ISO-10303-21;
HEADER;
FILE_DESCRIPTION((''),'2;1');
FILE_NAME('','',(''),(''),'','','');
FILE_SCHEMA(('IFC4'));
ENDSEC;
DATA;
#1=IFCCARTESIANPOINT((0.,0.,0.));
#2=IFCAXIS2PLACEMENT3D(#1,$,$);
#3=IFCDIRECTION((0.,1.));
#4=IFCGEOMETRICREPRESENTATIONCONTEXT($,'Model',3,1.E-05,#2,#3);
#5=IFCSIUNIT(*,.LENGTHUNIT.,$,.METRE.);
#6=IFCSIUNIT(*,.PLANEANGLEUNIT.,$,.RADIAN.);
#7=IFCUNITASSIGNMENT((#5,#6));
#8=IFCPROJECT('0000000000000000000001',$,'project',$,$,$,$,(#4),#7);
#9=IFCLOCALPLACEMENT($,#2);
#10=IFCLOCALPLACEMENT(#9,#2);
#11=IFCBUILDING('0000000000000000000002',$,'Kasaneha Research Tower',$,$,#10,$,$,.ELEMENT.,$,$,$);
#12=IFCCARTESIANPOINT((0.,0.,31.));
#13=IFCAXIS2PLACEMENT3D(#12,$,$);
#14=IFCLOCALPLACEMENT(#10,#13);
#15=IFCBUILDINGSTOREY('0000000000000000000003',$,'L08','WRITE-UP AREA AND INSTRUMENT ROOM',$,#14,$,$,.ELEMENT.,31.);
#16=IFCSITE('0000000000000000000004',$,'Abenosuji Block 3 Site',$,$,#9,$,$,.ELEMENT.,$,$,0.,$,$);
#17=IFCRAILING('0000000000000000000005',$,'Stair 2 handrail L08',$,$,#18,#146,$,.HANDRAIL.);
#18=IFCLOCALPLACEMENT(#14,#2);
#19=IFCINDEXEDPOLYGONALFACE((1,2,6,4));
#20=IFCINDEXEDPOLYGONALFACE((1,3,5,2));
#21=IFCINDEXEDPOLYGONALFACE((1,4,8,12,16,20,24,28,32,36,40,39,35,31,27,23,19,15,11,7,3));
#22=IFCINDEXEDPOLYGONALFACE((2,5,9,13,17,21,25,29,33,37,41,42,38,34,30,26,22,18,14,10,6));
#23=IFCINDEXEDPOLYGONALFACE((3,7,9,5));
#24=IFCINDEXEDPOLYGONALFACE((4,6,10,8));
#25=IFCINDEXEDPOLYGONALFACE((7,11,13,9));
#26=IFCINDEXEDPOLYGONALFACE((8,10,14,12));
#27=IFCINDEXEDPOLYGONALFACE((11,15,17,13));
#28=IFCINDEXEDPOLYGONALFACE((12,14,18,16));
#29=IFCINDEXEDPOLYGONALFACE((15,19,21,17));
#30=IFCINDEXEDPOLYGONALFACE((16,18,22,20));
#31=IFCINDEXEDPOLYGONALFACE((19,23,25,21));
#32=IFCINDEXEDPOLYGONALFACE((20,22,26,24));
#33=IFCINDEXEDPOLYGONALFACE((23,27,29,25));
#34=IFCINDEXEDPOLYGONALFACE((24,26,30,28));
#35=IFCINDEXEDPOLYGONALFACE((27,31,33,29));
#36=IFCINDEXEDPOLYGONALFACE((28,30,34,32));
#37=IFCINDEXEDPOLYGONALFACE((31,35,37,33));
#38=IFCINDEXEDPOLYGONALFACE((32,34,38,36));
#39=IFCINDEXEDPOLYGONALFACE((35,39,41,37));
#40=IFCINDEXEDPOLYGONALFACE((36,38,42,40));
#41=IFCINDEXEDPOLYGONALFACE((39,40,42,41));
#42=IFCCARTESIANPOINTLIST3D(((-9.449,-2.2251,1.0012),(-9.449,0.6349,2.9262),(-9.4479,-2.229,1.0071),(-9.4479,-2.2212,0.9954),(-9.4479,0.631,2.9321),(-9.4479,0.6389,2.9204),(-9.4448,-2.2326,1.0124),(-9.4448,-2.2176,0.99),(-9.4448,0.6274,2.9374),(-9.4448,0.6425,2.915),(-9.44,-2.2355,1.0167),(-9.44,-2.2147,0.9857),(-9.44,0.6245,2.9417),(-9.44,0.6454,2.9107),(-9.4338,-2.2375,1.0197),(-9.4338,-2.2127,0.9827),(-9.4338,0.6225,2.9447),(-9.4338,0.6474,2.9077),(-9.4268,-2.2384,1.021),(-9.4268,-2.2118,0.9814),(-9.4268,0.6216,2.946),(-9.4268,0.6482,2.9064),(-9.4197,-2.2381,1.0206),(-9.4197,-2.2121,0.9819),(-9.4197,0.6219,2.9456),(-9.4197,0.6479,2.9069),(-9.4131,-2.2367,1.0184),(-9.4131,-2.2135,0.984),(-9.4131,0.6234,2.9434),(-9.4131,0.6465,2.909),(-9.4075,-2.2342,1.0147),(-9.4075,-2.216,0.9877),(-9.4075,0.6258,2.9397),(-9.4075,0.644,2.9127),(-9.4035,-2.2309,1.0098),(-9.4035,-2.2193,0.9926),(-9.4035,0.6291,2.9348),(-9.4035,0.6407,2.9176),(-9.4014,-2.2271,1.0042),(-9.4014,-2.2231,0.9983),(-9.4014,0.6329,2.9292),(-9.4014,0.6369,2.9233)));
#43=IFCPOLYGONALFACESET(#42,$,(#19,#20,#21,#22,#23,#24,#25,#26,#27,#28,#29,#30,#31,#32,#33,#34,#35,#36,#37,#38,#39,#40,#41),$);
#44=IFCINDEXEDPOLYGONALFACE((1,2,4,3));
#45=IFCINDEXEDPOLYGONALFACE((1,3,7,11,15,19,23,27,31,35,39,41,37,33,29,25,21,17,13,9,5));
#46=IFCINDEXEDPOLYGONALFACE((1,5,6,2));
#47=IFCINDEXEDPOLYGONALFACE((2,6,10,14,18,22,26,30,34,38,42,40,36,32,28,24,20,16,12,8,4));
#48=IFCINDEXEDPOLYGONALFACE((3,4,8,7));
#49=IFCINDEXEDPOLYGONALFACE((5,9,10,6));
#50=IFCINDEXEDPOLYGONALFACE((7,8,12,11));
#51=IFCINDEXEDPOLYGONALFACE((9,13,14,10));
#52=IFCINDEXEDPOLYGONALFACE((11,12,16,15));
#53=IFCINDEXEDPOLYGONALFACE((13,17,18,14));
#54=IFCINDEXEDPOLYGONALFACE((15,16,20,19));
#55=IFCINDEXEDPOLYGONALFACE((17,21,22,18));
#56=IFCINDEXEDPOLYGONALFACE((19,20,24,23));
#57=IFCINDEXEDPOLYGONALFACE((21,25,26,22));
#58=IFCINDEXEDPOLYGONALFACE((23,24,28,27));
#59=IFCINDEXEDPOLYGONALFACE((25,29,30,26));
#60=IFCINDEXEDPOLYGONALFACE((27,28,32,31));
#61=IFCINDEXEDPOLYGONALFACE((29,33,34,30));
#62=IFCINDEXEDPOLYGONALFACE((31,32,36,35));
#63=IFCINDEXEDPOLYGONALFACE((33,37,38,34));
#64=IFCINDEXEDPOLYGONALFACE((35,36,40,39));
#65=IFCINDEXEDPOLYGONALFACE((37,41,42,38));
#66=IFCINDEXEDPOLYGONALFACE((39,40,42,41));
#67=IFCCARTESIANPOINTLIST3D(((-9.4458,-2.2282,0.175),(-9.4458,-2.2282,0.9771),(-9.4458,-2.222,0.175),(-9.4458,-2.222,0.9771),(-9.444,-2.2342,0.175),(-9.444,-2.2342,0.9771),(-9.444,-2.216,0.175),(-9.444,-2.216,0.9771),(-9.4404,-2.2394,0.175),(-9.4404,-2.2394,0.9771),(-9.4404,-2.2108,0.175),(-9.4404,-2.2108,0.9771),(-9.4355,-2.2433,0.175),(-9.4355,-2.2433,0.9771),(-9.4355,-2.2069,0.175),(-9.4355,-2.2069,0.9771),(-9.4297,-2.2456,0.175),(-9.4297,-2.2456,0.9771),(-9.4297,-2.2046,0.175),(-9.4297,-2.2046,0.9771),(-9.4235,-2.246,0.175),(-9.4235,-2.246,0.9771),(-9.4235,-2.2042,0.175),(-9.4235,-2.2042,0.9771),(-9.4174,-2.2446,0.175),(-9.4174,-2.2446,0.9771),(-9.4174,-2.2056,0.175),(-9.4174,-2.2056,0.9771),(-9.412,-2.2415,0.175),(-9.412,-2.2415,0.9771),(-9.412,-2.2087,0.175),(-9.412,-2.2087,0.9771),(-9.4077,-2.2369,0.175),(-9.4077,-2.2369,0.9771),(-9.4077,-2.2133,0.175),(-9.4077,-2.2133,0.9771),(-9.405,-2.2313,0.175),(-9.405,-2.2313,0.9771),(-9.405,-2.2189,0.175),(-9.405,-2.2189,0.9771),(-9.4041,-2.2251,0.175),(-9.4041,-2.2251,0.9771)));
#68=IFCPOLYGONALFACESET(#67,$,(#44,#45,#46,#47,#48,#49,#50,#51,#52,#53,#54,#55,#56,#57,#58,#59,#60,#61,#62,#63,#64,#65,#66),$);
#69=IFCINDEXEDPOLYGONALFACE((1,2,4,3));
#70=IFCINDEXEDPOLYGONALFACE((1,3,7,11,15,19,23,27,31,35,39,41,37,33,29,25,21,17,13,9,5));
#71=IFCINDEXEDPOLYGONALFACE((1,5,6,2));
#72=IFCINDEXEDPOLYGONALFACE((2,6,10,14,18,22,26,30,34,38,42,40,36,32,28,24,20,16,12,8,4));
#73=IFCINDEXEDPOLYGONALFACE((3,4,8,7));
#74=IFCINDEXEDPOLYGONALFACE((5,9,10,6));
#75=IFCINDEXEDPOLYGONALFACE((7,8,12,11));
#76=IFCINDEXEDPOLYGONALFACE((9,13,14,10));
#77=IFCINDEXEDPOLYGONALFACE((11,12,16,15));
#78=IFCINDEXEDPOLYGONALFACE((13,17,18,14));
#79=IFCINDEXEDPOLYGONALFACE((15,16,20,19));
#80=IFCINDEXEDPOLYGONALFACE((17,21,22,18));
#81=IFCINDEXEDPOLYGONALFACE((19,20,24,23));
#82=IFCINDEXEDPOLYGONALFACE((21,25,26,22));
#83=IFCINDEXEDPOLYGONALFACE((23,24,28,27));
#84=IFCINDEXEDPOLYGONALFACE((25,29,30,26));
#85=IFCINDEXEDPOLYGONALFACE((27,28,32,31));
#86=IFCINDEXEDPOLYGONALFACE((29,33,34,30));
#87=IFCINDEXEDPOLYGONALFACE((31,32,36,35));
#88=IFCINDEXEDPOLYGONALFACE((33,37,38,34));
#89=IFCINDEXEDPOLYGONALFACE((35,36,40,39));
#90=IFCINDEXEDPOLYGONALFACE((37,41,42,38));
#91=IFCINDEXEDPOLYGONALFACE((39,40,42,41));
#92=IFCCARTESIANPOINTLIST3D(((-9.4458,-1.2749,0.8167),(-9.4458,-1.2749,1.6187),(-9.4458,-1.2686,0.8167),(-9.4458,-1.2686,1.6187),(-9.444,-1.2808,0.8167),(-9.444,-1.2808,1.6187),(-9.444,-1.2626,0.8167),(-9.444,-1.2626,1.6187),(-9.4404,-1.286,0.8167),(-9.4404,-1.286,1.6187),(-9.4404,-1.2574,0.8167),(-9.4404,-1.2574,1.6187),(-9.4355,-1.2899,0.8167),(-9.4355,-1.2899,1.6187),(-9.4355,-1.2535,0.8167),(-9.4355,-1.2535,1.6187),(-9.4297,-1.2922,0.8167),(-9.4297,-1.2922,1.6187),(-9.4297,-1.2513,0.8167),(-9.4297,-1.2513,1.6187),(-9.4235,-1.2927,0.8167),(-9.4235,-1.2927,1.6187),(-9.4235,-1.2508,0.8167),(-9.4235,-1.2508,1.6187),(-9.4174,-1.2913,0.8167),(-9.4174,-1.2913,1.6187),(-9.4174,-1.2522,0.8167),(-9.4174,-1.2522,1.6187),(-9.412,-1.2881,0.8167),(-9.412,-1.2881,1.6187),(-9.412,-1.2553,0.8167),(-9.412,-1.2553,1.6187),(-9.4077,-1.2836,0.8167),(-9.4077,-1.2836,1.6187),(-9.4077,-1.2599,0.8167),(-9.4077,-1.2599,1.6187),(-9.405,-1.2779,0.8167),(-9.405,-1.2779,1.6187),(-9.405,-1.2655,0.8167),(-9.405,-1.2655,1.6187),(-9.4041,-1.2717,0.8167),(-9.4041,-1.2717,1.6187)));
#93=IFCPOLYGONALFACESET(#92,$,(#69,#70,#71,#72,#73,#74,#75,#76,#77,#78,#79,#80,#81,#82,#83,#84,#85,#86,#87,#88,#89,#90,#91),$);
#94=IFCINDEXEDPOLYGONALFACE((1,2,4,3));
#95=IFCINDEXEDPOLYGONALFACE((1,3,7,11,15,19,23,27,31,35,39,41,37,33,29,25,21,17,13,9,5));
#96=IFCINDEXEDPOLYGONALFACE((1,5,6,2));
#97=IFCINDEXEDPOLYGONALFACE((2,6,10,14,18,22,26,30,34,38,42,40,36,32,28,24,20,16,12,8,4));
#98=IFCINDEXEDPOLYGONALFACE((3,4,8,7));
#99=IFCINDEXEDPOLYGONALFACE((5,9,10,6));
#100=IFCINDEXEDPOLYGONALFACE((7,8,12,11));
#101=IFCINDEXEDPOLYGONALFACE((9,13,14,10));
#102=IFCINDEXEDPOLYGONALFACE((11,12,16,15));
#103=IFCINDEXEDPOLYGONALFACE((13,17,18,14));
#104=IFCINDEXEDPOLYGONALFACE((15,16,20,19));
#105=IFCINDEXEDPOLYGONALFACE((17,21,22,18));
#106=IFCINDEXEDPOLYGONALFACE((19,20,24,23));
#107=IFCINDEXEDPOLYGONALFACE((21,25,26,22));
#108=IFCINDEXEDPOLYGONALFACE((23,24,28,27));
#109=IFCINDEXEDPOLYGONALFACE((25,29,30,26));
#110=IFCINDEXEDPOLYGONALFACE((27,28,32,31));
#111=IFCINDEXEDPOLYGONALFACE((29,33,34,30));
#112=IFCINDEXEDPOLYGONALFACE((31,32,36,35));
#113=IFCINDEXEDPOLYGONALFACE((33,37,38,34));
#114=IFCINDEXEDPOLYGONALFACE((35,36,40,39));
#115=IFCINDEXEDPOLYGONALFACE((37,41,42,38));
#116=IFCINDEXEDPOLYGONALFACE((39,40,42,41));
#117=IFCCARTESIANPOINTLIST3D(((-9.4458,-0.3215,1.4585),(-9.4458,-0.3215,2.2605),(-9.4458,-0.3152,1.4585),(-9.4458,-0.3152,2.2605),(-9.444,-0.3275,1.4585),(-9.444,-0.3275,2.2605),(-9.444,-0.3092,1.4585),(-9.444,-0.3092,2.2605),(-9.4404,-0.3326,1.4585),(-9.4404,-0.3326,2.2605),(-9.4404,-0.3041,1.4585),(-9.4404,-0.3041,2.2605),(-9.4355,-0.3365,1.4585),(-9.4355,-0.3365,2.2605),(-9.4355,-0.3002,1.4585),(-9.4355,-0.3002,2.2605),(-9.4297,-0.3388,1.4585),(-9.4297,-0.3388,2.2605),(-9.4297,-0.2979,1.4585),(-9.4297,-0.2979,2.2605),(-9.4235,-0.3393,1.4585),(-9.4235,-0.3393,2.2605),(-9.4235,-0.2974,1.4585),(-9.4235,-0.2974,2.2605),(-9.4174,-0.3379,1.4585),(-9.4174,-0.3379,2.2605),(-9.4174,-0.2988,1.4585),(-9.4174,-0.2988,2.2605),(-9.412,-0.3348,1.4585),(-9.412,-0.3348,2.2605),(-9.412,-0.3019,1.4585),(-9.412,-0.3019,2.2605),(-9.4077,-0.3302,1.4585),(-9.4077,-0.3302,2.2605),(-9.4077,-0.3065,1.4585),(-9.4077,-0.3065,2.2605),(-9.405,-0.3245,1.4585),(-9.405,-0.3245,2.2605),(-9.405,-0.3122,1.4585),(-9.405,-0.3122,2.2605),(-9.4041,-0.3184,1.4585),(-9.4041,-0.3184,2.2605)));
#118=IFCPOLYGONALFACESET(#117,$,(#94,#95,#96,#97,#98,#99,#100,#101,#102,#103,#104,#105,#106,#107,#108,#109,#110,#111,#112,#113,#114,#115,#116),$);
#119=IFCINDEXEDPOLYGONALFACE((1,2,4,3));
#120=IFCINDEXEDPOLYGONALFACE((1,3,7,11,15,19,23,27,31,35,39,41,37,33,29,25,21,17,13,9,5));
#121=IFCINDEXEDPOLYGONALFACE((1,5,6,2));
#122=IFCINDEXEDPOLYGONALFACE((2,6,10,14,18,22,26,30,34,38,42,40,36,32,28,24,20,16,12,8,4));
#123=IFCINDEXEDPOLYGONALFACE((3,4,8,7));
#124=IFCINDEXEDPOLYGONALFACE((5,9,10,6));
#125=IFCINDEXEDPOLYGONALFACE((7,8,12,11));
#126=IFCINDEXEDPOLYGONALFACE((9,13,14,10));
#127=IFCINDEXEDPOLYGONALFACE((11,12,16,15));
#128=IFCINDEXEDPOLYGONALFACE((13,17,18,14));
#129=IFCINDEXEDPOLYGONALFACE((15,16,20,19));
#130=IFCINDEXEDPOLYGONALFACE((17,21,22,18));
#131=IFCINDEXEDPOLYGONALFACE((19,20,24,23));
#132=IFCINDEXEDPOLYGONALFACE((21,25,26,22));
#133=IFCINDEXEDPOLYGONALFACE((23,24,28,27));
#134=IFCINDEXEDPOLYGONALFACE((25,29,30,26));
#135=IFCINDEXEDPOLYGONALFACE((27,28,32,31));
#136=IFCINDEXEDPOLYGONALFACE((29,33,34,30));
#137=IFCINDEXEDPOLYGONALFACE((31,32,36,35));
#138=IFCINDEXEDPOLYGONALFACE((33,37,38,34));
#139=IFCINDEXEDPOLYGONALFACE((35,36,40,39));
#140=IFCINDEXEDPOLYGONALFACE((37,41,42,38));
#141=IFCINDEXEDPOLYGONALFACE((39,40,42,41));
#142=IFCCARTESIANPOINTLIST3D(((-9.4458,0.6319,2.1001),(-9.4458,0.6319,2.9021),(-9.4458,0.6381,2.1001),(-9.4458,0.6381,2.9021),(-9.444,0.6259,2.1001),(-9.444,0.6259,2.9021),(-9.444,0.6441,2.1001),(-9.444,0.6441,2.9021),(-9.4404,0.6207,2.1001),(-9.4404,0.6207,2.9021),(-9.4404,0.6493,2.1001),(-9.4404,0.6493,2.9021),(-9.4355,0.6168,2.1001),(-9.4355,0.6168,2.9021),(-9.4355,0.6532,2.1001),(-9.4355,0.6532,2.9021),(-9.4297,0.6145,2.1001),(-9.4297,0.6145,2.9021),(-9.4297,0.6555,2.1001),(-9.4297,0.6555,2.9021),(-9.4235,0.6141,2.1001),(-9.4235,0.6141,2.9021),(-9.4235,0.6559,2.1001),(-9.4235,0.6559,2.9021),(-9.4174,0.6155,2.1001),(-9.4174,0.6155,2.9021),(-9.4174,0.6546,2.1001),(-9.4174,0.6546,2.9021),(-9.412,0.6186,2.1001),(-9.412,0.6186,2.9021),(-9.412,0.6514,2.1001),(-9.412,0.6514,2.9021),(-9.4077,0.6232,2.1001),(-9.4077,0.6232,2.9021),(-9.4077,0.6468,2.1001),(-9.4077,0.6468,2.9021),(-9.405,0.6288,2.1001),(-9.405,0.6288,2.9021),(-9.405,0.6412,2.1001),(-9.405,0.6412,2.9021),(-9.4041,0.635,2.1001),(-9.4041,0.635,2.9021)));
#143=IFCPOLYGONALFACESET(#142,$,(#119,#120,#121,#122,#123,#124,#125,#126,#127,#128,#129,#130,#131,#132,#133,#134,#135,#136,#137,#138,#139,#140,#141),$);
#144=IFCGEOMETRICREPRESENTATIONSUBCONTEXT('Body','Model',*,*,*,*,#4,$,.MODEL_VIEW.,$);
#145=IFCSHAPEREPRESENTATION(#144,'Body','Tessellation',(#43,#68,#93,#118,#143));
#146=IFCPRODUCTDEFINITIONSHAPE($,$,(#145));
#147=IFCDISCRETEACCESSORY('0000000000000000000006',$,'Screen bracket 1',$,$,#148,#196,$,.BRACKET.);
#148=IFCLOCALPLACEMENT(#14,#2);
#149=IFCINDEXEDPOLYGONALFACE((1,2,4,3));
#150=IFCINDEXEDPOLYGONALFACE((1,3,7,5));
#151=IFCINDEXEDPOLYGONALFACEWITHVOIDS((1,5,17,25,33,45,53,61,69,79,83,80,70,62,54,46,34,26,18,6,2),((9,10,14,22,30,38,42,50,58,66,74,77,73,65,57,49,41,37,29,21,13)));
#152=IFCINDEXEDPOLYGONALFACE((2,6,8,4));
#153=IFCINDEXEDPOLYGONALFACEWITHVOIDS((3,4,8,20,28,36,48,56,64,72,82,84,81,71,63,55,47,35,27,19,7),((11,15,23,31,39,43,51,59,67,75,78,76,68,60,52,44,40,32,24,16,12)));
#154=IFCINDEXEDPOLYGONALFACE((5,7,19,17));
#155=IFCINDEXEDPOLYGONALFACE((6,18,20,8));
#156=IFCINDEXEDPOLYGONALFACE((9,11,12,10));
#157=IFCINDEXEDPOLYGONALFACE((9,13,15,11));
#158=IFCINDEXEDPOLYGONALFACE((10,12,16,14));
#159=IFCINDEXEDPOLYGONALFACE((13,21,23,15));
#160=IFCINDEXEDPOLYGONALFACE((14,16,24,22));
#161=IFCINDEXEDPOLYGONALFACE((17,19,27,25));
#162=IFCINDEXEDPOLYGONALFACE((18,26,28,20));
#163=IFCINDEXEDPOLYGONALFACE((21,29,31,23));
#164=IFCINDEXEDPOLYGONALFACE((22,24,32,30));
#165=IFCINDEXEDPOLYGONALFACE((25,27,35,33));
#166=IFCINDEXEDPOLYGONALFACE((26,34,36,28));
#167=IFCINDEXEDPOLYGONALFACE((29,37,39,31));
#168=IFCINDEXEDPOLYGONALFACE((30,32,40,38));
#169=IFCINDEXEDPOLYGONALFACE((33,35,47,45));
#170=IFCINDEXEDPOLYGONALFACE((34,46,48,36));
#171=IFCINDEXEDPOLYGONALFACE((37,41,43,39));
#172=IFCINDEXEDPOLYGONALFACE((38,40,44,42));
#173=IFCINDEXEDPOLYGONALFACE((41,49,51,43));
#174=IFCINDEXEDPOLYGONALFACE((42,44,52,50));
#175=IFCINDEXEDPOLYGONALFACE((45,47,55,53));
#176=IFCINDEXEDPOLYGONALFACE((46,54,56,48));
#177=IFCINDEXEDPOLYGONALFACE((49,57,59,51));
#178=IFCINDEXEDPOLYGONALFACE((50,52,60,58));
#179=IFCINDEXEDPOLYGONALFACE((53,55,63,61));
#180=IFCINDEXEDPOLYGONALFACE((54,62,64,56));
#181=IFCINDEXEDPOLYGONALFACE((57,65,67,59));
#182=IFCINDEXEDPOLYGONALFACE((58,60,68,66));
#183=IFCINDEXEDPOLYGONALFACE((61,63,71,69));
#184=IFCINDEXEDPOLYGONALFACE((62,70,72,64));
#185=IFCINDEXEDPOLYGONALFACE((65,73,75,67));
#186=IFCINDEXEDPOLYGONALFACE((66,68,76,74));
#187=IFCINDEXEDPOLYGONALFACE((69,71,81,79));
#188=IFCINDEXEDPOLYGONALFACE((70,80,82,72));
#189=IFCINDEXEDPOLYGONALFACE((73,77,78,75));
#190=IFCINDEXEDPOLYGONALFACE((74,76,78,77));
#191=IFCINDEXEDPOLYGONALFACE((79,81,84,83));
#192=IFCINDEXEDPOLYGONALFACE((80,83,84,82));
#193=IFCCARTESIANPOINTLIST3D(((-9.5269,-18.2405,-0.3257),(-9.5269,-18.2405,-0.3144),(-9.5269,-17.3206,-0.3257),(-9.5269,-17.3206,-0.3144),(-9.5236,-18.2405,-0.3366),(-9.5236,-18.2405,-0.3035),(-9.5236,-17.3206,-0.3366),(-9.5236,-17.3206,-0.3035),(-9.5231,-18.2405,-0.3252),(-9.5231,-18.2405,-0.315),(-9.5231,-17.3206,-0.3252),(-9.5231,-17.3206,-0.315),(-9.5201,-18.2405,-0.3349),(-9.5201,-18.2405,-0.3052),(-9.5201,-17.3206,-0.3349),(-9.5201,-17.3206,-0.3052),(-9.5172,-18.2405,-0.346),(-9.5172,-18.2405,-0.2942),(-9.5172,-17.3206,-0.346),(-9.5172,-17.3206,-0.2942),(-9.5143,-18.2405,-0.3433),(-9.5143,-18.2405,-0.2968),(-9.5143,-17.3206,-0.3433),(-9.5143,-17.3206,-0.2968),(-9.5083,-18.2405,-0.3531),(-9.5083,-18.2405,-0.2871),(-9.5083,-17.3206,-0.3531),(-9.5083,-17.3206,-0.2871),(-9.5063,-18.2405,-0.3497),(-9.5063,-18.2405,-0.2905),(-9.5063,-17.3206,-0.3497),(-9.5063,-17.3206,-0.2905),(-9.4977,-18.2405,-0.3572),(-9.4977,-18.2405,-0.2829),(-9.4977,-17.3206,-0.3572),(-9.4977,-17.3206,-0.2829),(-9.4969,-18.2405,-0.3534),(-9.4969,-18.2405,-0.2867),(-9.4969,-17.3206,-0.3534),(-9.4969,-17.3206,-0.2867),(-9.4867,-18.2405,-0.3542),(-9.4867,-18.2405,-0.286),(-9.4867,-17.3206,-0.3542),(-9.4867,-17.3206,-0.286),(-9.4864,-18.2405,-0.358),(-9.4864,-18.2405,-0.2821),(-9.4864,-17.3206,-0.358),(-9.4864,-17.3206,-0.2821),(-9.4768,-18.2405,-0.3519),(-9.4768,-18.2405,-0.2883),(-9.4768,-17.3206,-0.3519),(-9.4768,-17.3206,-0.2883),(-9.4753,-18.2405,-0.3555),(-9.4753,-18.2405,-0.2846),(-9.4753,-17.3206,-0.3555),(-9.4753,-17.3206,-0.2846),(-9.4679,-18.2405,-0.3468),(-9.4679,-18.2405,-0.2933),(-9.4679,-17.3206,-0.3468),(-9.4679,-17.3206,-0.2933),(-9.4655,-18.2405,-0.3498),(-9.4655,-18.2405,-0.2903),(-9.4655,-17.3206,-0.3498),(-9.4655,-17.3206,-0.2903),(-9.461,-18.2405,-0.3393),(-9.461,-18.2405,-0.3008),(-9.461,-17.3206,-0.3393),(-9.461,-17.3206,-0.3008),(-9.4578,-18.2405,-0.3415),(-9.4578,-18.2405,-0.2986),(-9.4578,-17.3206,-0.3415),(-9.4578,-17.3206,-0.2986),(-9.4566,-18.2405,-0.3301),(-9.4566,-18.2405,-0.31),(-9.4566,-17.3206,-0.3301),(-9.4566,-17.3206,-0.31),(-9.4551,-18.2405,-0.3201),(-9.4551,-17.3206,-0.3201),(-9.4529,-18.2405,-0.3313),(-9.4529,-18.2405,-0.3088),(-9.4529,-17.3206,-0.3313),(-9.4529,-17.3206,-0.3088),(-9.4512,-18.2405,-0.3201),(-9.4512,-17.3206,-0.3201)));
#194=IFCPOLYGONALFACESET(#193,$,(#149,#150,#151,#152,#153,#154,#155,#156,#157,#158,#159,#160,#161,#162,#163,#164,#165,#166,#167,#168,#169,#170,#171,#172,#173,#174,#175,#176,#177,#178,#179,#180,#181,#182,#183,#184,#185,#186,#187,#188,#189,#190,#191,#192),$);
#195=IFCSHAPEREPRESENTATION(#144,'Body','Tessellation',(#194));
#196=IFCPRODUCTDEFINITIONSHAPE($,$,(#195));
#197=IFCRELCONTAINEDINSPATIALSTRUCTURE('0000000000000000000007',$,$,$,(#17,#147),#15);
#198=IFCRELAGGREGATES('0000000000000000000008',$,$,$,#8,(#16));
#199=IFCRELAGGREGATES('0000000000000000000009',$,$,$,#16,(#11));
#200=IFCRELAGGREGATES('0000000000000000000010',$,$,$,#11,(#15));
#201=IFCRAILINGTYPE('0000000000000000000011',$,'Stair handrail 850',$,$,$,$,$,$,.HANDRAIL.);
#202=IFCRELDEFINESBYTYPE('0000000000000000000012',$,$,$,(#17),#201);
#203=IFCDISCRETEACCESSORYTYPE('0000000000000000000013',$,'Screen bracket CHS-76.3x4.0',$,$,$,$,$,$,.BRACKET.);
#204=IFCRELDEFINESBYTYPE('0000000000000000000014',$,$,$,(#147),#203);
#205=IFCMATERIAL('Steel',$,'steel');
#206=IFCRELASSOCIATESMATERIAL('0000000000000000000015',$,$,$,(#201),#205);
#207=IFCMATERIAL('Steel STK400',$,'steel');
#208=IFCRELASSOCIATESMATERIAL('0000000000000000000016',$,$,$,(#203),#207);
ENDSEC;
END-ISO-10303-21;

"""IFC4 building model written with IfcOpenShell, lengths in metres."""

from ifc_helpers import new_model, si_unit, direction, frame, origin, origin_2d, place, context, subcontext, project, spatial, circle, hollow_circle, extrude, material, material_profile, profile_set, type_object, element, save


model = new_model("IFC4")

# Units and contexts
model_context = context("Model", 3, precision=1e-05, world=origin(), true_north=direction((0.0, 1.0)))
body_context = subcontext(model_context, "Body", "Model", "MODEL_VIEW")
ifc_project = project(units=[si_unit("LENGTHUNIT", "METRE"), si_unit("PLANEANGLEUNIT", "RADIAN")], contexts=[model_context])

# Site, building, storey
site_placement = place(None, origin())
site = spatial("IfcSite", under=ifc_project, at=site_placement, Name="Abenosuji Block 3 Site", CompositionType="ELEMENT", RefElevation=0.0)
building_placement = place(site_placement, origin())
building = spatial("IfcBuilding", under=site, at=building_placement, Name="Kasaneha Research Tower", CompositionType="ELEMENT")
storey_placement = place(building_placement, frame((0.0, 0.0, 31.0)))
storey = spatial("IfcBuildingStorey", under=building, at=storey_placement, Name="L08", Description="WRITE-UP AREA AND INSTRUMENT ROOM", CompositionType="ELEMENT", Elevation=31.0)

# Railing
ifc_material_1 = material(Name="Steel", Category="steel")
railing_type = type_object("IfcRailingType", Name="Stair handrail 850", PredefinedType="HANDRAIL", material=ifc_material_1)
railing_placement = place(storey_placement, frame((-9.425, -2.2251, 0.175)))
element("IfcRailing", 1, at=railing_placement, inside=storey, type_object=railing_type, Name="Stair 2 handrail L08", PredefinedType="HANDRAIL", context=body_context, shape_type="SweptSolid", body=[
    extrude(circle(Radius=0.0239, at=origin_2d()), frame((0.0, 0.0, 0.8262), z_axis=(0.0, 0.829591, 0.558372), x_axis=(-1.0, 0.0, 0.0)), (0.0, 0.0, 1.0), 3.4475),
    extrude(circle(Radius=0.021, at=origin_2d()), origin(), (0.0, 0.0, 1.0), 0.802),
    extrude(circle(Radius=0.021, at=origin_2d()), frame((0.0, 0.9534, 0.6416)), (0.0, 0.0, 1.0), 0.802),
    extrude(circle(Radius=0.021, at=origin_2d()), frame((0.0, 1.9067, 1.2834)), (0.0, 0.0, 1.0), 0.802),
    extrude(circle(Radius=0.021, at=origin_2d()), frame((0.0, 2.8601, 1.925)), (0.0, 0.0, 1.0), 0.802),
])

# Discrete accessory
ifc_material_2 = material(Name="Steel STK400", Category="steel")
ifc_material_profile_1 = material_profile(ifc_material_2, hollow_circle(Radius=0.0381, WallThickness=0.0039, at=origin_2d()), Name="CHS-76.3x4.0")
ifc_profile_set_1 = profile_set([ifc_material_profile_1], Name="Steel STK400")
discrete_accessory_type = type_object("IfcDiscreteAccessoryType", Name="Screen bracket CHS-76.3x4.0", PredefinedType="BRACKET", material=ifc_profile_set_1)
discrete_accessory_placement = place(storey_placement, frame((-9.4893, -17.3206, -0.3201), z_axis=(0.0, -1.0, 0.0), x_axis=(1.0, 0.0, 0.0)))
element("IfcDiscreteAccessory", 2, at=discrete_accessory_placement, inside=storey, type_object=discrete_accessory_type, Name="Screen bracket 1", PredefinedType="BRACKET", context=body_context, shape_type="SweptSolid", body=[
    extrude(hollow_circle(Radius=0.0381, WallThickness=0.0039, at=origin_2d()), origin(), (0.0, 0.0, 1.0), 0.9199),
])

save(model, "model.ifc")
